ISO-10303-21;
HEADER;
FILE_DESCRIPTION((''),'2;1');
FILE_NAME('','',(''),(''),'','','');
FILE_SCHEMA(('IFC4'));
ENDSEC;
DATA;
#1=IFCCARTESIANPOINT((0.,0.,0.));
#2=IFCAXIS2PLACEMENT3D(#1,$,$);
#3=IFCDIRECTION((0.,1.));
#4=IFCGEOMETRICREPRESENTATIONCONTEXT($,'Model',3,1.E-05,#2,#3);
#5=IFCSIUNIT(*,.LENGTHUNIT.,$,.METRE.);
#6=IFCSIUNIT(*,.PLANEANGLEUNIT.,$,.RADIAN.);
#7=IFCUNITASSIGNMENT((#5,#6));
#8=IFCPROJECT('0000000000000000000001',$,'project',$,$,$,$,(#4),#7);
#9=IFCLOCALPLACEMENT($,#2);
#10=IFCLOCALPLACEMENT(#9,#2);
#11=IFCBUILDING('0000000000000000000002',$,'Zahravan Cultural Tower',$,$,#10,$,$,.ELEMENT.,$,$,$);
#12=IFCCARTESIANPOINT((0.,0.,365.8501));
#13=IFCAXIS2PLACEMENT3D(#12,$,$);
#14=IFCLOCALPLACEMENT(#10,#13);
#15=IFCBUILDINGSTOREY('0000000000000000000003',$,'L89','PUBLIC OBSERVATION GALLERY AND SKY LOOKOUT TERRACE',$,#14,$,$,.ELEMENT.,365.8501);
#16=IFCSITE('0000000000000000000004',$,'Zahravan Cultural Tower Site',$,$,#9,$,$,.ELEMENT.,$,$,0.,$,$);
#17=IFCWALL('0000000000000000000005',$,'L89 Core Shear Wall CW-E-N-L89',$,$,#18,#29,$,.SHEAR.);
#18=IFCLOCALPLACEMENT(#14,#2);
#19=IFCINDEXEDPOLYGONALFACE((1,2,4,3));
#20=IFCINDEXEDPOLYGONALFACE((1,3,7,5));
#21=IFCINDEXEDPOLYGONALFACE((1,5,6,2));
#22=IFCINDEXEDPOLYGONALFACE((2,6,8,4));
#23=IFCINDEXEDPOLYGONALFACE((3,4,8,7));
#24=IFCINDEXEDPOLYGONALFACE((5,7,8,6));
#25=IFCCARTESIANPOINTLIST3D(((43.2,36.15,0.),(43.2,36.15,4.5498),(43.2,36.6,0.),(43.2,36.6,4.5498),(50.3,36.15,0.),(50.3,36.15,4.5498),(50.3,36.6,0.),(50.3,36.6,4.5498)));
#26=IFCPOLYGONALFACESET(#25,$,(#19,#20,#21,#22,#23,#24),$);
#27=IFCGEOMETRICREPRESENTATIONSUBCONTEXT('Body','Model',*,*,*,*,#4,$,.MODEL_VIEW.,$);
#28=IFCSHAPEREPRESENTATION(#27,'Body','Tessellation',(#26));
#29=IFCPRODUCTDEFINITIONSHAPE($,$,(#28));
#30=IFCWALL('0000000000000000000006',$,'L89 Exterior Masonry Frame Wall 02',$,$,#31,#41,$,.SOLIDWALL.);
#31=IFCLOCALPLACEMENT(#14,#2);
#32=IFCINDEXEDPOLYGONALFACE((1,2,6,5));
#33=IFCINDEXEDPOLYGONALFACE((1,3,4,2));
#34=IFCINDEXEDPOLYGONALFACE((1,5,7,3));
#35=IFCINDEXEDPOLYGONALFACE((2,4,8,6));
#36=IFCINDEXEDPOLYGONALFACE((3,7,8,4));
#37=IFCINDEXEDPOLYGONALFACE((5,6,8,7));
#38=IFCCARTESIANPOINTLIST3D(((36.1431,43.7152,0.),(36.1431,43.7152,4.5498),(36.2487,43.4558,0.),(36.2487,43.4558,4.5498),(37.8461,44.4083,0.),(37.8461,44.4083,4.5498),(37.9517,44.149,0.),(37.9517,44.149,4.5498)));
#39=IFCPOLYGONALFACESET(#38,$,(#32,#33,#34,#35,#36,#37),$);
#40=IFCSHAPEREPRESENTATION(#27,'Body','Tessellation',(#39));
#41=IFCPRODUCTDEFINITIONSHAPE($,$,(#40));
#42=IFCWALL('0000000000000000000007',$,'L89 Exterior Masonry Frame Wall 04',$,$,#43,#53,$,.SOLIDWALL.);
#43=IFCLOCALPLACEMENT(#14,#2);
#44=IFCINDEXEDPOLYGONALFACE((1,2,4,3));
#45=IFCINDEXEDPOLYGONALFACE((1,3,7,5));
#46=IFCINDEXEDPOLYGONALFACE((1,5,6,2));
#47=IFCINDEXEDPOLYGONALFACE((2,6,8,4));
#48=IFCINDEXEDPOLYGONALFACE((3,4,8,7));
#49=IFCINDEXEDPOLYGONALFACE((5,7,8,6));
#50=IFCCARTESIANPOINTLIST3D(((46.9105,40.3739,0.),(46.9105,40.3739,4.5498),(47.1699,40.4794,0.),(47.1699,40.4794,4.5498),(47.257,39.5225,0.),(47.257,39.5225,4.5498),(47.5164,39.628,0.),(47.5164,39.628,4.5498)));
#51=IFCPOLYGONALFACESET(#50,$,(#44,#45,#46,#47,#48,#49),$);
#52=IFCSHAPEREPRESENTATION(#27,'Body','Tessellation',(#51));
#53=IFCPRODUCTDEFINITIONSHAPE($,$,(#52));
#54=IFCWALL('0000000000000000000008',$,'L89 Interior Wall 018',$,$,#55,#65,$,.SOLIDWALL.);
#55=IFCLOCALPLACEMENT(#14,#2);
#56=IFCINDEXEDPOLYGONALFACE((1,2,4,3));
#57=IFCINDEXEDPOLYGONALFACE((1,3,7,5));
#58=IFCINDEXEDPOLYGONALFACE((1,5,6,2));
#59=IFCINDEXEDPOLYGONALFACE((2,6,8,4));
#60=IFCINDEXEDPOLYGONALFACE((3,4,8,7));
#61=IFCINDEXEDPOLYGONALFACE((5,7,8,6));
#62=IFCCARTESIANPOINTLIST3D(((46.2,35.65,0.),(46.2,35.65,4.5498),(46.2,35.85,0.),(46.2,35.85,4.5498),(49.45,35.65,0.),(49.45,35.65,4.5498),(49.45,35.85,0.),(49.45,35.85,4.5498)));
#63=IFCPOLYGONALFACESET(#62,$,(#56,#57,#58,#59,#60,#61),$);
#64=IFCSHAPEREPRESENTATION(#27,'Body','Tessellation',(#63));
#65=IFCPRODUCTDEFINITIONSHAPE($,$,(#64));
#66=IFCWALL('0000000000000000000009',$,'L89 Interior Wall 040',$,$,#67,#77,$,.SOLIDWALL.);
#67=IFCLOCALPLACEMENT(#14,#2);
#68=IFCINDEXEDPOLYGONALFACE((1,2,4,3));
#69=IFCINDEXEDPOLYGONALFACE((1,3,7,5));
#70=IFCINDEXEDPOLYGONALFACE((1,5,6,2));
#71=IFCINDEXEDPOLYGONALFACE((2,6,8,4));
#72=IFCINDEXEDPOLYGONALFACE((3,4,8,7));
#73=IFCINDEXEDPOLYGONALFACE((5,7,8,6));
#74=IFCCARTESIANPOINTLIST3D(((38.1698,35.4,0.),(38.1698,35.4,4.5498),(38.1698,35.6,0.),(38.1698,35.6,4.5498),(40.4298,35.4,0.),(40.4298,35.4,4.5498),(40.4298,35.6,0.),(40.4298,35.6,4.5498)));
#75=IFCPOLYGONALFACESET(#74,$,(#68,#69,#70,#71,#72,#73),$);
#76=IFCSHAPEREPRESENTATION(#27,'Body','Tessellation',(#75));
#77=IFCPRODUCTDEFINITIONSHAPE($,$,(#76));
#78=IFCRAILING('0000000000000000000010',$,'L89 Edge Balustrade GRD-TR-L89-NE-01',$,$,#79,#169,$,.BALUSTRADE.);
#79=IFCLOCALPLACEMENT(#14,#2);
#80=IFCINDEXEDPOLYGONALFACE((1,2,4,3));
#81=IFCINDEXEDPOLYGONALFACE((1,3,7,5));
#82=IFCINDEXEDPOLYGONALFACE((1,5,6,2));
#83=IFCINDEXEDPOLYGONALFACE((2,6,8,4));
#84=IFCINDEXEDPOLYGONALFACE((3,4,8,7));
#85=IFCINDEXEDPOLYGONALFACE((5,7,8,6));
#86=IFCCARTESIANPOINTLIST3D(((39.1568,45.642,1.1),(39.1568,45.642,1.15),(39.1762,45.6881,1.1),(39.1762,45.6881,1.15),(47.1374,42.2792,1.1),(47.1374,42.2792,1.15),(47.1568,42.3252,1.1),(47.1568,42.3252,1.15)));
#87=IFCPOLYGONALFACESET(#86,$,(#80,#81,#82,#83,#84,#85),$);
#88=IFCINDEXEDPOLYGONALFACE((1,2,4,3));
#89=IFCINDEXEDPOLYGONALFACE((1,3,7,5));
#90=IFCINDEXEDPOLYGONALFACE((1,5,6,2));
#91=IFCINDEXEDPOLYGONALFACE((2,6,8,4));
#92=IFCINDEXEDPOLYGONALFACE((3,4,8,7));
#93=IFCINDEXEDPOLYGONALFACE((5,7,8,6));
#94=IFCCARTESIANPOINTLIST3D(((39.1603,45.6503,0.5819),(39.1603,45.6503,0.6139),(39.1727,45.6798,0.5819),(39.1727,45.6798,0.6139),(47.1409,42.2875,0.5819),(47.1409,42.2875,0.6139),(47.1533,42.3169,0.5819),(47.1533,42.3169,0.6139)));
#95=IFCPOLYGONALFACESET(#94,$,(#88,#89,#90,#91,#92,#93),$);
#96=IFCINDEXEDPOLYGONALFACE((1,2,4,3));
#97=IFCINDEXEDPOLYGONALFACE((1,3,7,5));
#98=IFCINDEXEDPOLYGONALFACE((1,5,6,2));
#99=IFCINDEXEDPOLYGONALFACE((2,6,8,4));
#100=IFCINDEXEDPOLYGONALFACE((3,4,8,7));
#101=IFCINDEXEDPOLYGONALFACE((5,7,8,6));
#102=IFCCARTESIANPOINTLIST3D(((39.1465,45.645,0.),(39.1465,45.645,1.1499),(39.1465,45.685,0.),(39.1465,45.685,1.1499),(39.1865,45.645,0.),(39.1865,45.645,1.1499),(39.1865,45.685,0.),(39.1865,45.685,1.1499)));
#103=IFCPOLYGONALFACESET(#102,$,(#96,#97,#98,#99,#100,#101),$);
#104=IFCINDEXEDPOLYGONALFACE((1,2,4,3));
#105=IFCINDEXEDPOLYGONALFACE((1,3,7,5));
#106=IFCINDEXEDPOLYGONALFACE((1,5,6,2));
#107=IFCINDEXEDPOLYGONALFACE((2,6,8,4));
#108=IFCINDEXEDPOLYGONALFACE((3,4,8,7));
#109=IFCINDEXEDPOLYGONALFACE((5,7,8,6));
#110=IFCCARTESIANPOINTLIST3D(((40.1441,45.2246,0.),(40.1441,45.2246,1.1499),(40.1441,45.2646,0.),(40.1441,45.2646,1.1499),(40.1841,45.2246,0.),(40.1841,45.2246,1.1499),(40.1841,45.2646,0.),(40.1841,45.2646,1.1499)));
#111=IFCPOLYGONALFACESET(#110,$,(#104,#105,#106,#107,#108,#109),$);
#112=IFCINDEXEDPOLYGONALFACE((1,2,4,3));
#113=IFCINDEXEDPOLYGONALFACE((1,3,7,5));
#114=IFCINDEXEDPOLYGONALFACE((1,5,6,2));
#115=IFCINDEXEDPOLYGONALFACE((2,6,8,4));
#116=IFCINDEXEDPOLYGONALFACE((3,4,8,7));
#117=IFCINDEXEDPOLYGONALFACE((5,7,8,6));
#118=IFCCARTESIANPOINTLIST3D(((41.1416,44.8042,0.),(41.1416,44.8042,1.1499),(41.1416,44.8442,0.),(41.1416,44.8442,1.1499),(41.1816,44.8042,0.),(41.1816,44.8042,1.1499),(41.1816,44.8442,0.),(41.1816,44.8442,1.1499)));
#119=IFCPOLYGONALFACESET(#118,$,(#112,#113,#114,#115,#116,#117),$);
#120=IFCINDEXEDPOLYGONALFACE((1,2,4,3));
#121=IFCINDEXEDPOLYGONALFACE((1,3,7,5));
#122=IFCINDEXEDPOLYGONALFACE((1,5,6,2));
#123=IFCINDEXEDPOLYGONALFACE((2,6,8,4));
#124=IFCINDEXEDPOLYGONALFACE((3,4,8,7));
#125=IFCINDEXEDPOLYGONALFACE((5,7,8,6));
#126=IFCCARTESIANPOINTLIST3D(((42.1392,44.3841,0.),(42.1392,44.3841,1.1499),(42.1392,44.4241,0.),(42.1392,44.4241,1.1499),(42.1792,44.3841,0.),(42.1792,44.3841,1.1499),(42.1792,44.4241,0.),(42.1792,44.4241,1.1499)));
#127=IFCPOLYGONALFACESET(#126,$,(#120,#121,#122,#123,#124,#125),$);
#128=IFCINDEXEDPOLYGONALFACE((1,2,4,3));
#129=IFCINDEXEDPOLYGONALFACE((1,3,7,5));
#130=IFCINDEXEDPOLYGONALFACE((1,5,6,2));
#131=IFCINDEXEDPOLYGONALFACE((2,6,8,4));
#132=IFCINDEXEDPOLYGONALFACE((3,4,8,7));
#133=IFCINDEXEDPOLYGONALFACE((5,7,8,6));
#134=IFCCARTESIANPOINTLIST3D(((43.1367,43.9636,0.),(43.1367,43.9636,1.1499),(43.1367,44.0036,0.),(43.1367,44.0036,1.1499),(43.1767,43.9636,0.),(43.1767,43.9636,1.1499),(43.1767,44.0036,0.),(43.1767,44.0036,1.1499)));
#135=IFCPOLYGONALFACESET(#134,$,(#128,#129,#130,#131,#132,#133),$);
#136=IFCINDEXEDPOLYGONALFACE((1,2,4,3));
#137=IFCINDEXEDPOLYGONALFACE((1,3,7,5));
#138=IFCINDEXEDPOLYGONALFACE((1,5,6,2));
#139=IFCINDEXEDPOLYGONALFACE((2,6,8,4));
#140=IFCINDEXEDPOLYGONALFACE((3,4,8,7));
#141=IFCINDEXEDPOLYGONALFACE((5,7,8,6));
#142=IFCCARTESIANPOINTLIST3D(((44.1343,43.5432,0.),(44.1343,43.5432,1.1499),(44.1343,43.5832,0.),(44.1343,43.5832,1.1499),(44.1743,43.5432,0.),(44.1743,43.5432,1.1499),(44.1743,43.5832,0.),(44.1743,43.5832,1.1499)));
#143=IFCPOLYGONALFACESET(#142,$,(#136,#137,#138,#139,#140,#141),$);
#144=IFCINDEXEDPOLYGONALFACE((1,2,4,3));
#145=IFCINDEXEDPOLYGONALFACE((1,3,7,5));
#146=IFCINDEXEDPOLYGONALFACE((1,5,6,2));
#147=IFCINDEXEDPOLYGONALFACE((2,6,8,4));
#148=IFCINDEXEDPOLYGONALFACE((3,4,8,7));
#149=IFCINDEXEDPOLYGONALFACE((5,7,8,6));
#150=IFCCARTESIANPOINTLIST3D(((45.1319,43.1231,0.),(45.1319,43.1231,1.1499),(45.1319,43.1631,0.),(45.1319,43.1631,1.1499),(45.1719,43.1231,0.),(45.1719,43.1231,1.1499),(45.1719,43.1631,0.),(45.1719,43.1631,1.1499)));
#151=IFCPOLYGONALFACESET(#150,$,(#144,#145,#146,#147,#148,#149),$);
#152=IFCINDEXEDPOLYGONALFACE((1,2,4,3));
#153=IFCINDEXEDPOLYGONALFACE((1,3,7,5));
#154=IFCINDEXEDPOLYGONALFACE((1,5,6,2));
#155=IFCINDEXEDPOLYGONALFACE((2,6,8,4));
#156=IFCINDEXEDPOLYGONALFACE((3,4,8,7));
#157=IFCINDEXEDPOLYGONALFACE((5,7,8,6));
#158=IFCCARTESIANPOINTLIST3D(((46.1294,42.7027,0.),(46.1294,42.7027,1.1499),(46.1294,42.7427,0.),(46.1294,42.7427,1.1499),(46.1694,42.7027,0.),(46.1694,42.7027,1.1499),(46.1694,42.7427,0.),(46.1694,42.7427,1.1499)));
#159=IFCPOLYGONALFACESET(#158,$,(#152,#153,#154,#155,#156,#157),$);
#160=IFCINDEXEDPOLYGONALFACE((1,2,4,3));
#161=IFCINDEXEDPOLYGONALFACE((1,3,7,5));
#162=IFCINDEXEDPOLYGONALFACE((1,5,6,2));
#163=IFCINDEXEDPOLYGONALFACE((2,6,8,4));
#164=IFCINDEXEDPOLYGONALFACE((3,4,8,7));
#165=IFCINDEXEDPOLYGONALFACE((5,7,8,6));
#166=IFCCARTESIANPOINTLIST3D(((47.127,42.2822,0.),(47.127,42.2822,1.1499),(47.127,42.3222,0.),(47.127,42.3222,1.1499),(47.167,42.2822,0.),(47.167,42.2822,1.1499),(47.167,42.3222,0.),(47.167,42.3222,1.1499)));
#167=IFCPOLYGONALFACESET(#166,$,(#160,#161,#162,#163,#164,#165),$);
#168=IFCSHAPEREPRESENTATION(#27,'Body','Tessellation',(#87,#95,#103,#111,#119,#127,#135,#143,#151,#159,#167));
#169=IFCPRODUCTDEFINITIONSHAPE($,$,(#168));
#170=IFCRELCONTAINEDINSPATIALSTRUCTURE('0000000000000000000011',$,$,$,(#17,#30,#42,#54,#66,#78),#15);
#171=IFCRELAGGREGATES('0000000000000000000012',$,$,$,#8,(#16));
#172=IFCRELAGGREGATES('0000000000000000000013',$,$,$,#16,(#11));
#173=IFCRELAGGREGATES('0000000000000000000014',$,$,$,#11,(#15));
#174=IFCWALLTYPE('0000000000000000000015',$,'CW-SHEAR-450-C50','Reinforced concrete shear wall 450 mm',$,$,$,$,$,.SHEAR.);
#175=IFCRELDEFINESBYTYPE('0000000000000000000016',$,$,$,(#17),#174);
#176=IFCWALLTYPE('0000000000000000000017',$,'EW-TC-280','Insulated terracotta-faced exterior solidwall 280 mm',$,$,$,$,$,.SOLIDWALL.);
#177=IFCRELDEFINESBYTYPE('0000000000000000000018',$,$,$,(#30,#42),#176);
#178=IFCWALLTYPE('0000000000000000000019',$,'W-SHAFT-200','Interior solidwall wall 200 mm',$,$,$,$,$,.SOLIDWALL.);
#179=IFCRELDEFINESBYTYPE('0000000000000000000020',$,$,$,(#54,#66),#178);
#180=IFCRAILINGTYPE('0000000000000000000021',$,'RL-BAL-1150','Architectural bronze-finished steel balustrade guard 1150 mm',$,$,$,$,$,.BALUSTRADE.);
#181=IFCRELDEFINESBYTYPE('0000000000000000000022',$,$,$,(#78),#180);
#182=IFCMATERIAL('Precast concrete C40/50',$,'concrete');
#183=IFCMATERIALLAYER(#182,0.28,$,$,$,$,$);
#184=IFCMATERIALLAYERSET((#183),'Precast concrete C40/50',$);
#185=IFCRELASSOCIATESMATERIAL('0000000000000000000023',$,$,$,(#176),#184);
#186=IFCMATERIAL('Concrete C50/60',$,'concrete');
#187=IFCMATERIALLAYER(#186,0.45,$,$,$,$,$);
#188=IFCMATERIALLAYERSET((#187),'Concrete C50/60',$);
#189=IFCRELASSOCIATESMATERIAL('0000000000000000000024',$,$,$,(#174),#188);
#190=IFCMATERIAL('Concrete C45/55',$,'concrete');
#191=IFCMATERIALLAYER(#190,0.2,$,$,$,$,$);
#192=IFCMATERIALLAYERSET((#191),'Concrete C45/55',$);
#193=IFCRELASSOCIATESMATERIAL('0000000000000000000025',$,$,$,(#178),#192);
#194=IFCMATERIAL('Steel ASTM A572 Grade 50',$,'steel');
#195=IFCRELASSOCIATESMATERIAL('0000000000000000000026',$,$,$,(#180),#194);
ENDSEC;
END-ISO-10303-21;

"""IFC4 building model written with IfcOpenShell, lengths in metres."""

from ifc_helpers import new_model, si_unit, direction, frame, frame_2d, origin, origin_2d, place, context, subcontext, project, spatial, rectangle, extrude, source, transform, mapped, material, layer, layer_set, type_object, element, save


model = new_model("IFC4")

# Units and contexts
model_context = context("Model", 3, precision=1e-05, world=origin(), true_north=direction((0.0, 1.0)))
body_context = subcontext(model_context, "Body", "Model", "MODEL_VIEW")
ifc_project = project(units=[si_unit("LENGTHUNIT", "METRE"), si_unit("PLANEANGLEUNIT", "RADIAN")], contexts=[model_context])

# Site, building, storey
site_placement = place(None, origin())
site = spatial("IfcSite", under=ifc_project, at=site_placement, Name="Zahravan Cultural Tower Site", CompositionType="ELEMENT", RefElevation=0.0)
building_placement = place(site_placement, origin())
building = spatial("IfcBuilding", under=site, at=building_placement, Name="Zahravan Cultural Tower", CompositionType="ELEMENT")
storey_placement = place(building_placement, frame((0.0, 0.0, 365.8501)))
storey = spatial("IfcBuildingStorey", under=building, at=storey_placement, Name="L89", Description="PUBLIC OBSERVATION GALLERY AND SKY LOOKOUT TERRACE", CompositionType="ELEMENT", Elevation=365.8501)

# Shared definitions
ifc_material_1 = material(Name="Concrete C50/60", Category="concrete")

# Shared definitions
ifc_material_2 = material(Name="Precast concrete C40/50", Category="concrete")
ifc_layer_1 = layer(ifc_material_2, 0.28)
ifc_layer_set_1 = layer_set([ifc_layer_1], Name="Precast concrete C40/50")
wall_type_1 = type_object("IfcWallType", Name="EW-TC-280", Description="Insulated terracotta-faced exterior solidwall 280 mm", PredefinedType="SOLIDWALL", material=ifc_layer_set_1)

# Walls
ifc_layer_2 = layer(ifc_material_1, 0.45)
ifc_layer_set_2 = layer_set([ifc_layer_2], Name="Concrete C50/60")
wall_type_2 = type_object("IfcWallType", Name="CW-SHEAR-450-C50", Description="Reinforced concrete shear wall 450 mm", PredefinedType="SHEAR", material=ifc_layer_set_2)
shared_shape_1 = source(origin(), body_context, "Body", "SweptSolid", [
    extrude(rectangle(XDim=7.1001, YDim=0.45, at=frame_2d((3.55, 0.0))), origin(), (0.0, 0.0, 1.0), 4.5498),
])
wall_1_placement = place(storey_placement, frame((43.2, 36.375, 0.0), z_axis=(0.0, 0.0, 1.0), x_axis=(1.0, 0.0, 0.0)))
element("IfcWall", 1, at=wall_1_placement, inside=storey, type_object=wall_type_2, Name="L89 Core Shear Wall CW-E-N-L89", PredefinedType="SHEAR", context=body_context, shape_type="MappedRepresentation", body=[
    mapped(shared_shape_1, transform((0.0, 0.0, 0.0), x_axis=(1.0, 0.0, 0.0), y_axis=(0.0, 1.0, 0.0), z_axis=(0.0, 0.0, 1.0), scale=1.0)),
])
shared_shape_2 = source(origin(), body_context, "Body", "SweptSolid", [
    extrude(rectangle(XDim=1.8386, YDim=0.28, at=frame_2d((0.9194, 0.0))), origin(), (0.0, 0.0, 1.0), 4.5498),
])
wall_2_placement = place(storey_placement, frame((36.1958, 43.5854, 0.0), z_axis=(0.0, 0.0, 1.0), x_axis=(0.926216, 0.376993, 0.0)))
element("IfcWall", 2, at=wall_2_placement, inside=storey, type_object=wall_type_1, Name="L89 Exterior Masonry Frame Wall 02", PredefinedType="SOLIDWALL", context=body_context, shape_type="MappedRepresentation", body=[
    mapped(shared_shape_2, transform((0.0, 0.0, 0.0), x_axis=(1.0, 0.0, 0.0), y_axis=(0.0, 1.0, 0.0), z_axis=(0.0, 0.0, 1.0), scale=1.0)),
])
shared_shape_3 = source(origin(), body_context, "Body", "SweptSolid", [
    extrude(rectangle(XDim=0.9192, YDim=0.28, at=frame_2d((0.4595, 0.0))), origin(), (0.0, 0.0, 1.0), 4.5498),
])
wall_3_placement = place(storey_placement, frame((47.0403, 40.4265, 0.0), z_axis=(0.0, 0.0, 1.0), x_axis=(0.376926, -0.926244, 0.0)))
element("IfcWall", 3, at=wall_3_placement, inside=storey, type_object=wall_type_1, Name="L89 Exterior Masonry Frame Wall 04", PredefinedType="SOLIDWALL", context=body_context, shape_type="MappedRepresentation", body=[
    mapped(shared_shape_3, transform((0.0, 0.0, 0.0), x_axis=(1.0, 0.0, 0.0), y_axis=(0.0, 1.0, 0.0), z_axis=(0.0, 0.0, 1.0), scale=1.0)),
])
ifc_material_3 = material(Name="Concrete C45/55", Category="concrete")
ifc_layer_3 = layer(ifc_material_3, 0.2)
ifc_layer_set_3 = layer_set([ifc_layer_3], Name="Concrete C45/55")
wall_type_3 = type_object("IfcWallType", Name="W-SHAFT-200", Description="Interior solidwall wall 200 mm", PredefinedType="SOLIDWALL", material=ifc_layer_set_3)
shared_shape_4 = source(origin(), body_context, "Body", "SweptSolid", [
    extrude(rectangle(XDim=3.25, YDim=0.2, at=frame_2d((1.625, 0.0))), origin(), (0.0, 0.0, 1.0), 4.5498),
])
wall_4_placement = place(storey_placement, frame((46.2, 35.75, 0.0), z_axis=(0.0, 0.0, 1.0), x_axis=(1.0, 0.0, 0.0)))
element("IfcWall", 4, at=wall_4_placement, inside=storey, type_object=wall_type_3, Name="L89 Interior Wall 018", PredefinedType="SOLIDWALL", context=body_context, shape_type="MappedRepresentation", body=[
    mapped(shared_shape_4, transform((0.0, 0.0, 0.0), x_axis=(1.0, 0.0, 0.0), y_axis=(0.0, 1.0, 0.0), z_axis=(0.0, 0.0, 1.0), scale=1.0)),
])
shared_shape_5 = source(origin(), body_context, "Body", "SweptSolid", [
    extrude(rectangle(XDim=2.26, YDim=0.2, at=frame_2d((1.1299, 0.0))), origin(), (0.0, 0.0, 1.0), 4.5498),
])
wall_5_placement = place(storey_placement, frame((38.1699, 35.5, 0.0), z_axis=(0.0, 0.0, 1.0), x_axis=(1.0, 0.0, 0.0)))
element("IfcWall", 5, at=wall_5_placement, inside=storey, type_object=wall_type_3, Name="L89 Interior Wall 040", PredefinedType="SOLIDWALL", context=body_context, shape_type="MappedRepresentation", body=[
    mapped(shared_shape_5, transform((0.0, 0.0, 0.0), x_axis=(1.0, 0.0, 0.0), y_axis=(0.0, 1.0, 0.0), z_axis=(0.0, 0.0, 1.0), scale=1.0)),
])

# Railing
ifc_material_4 = material(Name="Steel ASTM A572 Grade 50", Category="steel")
railing_type = type_object("IfcRailingType", Name="RL-BAL-1150", Description="Architectural bronze-finished steel balustrade guard 1150 mm", PredefinedType="BALUSTRADE", material=ifc_material_4)
railing_1_placement = place(storey_placement, frame((39.1665, 45.665, 0.0)))
element("IfcRailing", 6, at=railing_1_placement, inside=storey, type_object=railing_type, Name="L89 Edge Balustrade GRD-TR-L89-NE-01", PredefinedType="BALUSTRADE", context=body_context, shape_type="SweptSolid", body=[
    extrude(rectangle(XDim=0.05, YDim=0.05, at=origin_2d()), frame((0.0, 0.0, 1.125), z_axis=(0.921528, -0.388312, 0.0), x_axis=(0.388312, 0.921528, 0.0)), (0.0, 0.0, 1.0), 8.6602),
    extrude(rectangle(XDim=0.032, YDim=0.032, at=origin_2d()), frame((0.0, 0.0, 0.5979), z_axis=(0.921528, -0.388312, 0.0), x_axis=(0.388312, 0.921528, 0.0)), (0.0, 0.0, 1.0), 8.6602),
    extrude(rectangle(XDim=0.04, YDim=0.04, at=origin_2d()), origin(), (0.0, 0.0, 1.0), 1.1499),
    extrude(rectangle(XDim=0.04, YDim=0.04, at=origin_2d()), frame((0.9976, -0.4204, 0.0)), (0.0, 0.0, 1.0), 1.1499),
    extrude(rectangle(XDim=0.04, YDim=0.04, at=origin_2d()), frame((1.9951, -0.8408, 0.0)), (0.0, 0.0, 1.0), 1.1499),
    extrude(rectangle(XDim=0.04, YDim=0.04, at=origin_2d()), frame((2.9927, -1.261, 0.0)), (0.0, 0.0, 1.0), 1.1499),
    extrude(rectangle(XDim=0.04, YDim=0.04, at=origin_2d()), frame((3.9902, -1.6814, 0.0)), (0.0, 0.0, 1.0), 1.1499),
    extrude(rectangle(XDim=0.04, YDim=0.04, at=origin_2d()), frame((4.9878, -2.1018, 0.0)), (0.0, 0.0, 1.0), 1.1499),
    extrude(rectangle(XDim=0.04, YDim=0.04, at=origin_2d()), frame((5.9854, -2.522, 0.0)), (0.0, 0.0, 1.0), 1.1499),
    extrude(rectangle(XDim=0.04, YDim=0.04, at=origin_2d()), frame((6.9829, -2.9424, 0.0)), (0.0, 0.0, 1.0), 1.1499),
    extrude(rectangle(XDim=0.04, YDim=0.04, at=origin_2d()), frame((7.9805, -3.3628, 0.0)), (0.0, 0.0, 1.0), 1.1499),
])

save(model, "model.ifc")
